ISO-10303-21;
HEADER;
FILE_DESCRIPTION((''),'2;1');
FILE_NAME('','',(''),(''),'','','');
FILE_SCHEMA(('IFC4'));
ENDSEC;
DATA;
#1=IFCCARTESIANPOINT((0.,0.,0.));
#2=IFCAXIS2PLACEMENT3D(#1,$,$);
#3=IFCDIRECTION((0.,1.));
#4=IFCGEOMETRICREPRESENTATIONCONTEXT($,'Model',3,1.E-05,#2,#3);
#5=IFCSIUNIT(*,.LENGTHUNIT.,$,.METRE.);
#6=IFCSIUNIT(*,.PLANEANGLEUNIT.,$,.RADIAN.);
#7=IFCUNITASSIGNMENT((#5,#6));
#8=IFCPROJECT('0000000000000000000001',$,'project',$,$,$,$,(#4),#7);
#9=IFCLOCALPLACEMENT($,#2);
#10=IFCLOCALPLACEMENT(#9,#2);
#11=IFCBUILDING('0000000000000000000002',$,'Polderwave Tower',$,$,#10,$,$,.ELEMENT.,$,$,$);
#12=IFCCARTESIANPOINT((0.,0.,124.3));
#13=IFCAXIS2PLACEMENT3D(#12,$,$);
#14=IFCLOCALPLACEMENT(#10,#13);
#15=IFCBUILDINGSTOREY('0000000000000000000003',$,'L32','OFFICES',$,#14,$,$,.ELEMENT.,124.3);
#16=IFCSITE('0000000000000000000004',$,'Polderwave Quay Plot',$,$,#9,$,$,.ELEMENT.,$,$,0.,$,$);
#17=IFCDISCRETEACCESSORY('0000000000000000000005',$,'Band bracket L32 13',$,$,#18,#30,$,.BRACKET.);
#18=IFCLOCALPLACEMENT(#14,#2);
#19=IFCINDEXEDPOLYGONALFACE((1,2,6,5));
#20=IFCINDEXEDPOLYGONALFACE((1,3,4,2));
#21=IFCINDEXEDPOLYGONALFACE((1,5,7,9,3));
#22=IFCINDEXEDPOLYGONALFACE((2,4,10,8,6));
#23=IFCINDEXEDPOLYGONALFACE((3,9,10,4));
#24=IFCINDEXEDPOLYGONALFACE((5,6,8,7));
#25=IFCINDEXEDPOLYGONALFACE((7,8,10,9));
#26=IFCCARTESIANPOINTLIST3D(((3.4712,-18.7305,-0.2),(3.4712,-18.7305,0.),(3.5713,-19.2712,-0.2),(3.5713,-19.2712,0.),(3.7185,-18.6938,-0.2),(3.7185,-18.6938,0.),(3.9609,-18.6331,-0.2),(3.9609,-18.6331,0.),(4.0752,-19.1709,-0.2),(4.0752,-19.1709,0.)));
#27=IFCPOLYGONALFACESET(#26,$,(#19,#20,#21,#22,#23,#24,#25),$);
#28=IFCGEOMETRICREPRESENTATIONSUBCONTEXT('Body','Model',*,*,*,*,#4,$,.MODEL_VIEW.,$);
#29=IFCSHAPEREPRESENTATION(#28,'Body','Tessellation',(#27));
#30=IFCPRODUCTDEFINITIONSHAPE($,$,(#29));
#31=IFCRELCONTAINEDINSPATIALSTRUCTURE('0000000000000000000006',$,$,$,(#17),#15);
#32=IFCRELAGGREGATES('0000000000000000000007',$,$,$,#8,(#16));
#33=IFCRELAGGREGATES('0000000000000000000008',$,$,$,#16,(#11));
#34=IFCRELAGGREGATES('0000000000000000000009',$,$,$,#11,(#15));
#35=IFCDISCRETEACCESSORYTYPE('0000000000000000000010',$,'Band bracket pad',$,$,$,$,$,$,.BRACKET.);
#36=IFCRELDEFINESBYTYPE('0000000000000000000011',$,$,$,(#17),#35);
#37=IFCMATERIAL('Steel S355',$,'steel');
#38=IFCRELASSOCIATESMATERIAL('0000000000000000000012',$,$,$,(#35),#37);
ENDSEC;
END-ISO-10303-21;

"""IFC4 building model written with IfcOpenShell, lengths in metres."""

from ifc_helpers import new_model, si_unit, direction, frame, origin, place, context, subcontext, project, spatial, polyline, outline, extrude, material, type_object, element, save


model = new_model("IFC4")

# Units and contexts
model_context = context("Model", 3, precision=1e-05, world=origin(), true_north=direction((0.0, 1.0)))
body_context = subcontext(model_context, "Body", "Model", "MODEL_VIEW")
ifc_project = project(units=[si_unit("LENGTHUNIT", "METRE"), si_unit("PLANEANGLEUNIT", "RADIAN")], contexts=[model_context])

# Site, building, storey
site_placement = place(None, origin())
site = spatial("IfcSite", under=ifc_project, at=site_placement, Name="Polderwave Quay Plot", CompositionType="ELEMENT", RefElevation=0.0)
building_placement = place(site_placement, origin())
building = spatial("IfcBuilding", under=site, at=building_placement, Name="Polderwave Tower", CompositionType="ELEMENT")
storey_placement = place(building_placement, frame((0.0, 0.0, 124.3)))
storey = spatial("IfcBuildingStorey", under=building, at=storey_placement, Name="L32", Description="OFFICES", CompositionType="ELEMENT", Elevation=124.3)

# Discrete accessory
ifc_material_1 = material(Name="Steel S355", Category="steel")
discrete_accessory_type = type_object("IfcDiscreteAccessoryType", Name="Band bracket pad", PredefinedType="BRACKET", material=ifc_material_1)
discrete_accessory_placement = place(storey_placement, frame((0.0, 0.0, -0.2)))
element("IfcDiscreteAccessory", 1, at=discrete_accessory_placement, inside=storey, type_object=discrete_accessory_type, Name="Band bracket L32 13", PredefinedType="BRACKET", context=body_context, shape_type="SweptSolid", body=[
    extrude(outline(polyline([(3.4712, -18.7305), (3.7185, -18.6938), (3.9609, -18.6331), (4.0752, -19.1709), (3.5713, -19.2712), (3.4712, -18.7305)])), origin(), (0.0, 0.0, 1.0), 0.2),
])

save(model, "model.ifc")
